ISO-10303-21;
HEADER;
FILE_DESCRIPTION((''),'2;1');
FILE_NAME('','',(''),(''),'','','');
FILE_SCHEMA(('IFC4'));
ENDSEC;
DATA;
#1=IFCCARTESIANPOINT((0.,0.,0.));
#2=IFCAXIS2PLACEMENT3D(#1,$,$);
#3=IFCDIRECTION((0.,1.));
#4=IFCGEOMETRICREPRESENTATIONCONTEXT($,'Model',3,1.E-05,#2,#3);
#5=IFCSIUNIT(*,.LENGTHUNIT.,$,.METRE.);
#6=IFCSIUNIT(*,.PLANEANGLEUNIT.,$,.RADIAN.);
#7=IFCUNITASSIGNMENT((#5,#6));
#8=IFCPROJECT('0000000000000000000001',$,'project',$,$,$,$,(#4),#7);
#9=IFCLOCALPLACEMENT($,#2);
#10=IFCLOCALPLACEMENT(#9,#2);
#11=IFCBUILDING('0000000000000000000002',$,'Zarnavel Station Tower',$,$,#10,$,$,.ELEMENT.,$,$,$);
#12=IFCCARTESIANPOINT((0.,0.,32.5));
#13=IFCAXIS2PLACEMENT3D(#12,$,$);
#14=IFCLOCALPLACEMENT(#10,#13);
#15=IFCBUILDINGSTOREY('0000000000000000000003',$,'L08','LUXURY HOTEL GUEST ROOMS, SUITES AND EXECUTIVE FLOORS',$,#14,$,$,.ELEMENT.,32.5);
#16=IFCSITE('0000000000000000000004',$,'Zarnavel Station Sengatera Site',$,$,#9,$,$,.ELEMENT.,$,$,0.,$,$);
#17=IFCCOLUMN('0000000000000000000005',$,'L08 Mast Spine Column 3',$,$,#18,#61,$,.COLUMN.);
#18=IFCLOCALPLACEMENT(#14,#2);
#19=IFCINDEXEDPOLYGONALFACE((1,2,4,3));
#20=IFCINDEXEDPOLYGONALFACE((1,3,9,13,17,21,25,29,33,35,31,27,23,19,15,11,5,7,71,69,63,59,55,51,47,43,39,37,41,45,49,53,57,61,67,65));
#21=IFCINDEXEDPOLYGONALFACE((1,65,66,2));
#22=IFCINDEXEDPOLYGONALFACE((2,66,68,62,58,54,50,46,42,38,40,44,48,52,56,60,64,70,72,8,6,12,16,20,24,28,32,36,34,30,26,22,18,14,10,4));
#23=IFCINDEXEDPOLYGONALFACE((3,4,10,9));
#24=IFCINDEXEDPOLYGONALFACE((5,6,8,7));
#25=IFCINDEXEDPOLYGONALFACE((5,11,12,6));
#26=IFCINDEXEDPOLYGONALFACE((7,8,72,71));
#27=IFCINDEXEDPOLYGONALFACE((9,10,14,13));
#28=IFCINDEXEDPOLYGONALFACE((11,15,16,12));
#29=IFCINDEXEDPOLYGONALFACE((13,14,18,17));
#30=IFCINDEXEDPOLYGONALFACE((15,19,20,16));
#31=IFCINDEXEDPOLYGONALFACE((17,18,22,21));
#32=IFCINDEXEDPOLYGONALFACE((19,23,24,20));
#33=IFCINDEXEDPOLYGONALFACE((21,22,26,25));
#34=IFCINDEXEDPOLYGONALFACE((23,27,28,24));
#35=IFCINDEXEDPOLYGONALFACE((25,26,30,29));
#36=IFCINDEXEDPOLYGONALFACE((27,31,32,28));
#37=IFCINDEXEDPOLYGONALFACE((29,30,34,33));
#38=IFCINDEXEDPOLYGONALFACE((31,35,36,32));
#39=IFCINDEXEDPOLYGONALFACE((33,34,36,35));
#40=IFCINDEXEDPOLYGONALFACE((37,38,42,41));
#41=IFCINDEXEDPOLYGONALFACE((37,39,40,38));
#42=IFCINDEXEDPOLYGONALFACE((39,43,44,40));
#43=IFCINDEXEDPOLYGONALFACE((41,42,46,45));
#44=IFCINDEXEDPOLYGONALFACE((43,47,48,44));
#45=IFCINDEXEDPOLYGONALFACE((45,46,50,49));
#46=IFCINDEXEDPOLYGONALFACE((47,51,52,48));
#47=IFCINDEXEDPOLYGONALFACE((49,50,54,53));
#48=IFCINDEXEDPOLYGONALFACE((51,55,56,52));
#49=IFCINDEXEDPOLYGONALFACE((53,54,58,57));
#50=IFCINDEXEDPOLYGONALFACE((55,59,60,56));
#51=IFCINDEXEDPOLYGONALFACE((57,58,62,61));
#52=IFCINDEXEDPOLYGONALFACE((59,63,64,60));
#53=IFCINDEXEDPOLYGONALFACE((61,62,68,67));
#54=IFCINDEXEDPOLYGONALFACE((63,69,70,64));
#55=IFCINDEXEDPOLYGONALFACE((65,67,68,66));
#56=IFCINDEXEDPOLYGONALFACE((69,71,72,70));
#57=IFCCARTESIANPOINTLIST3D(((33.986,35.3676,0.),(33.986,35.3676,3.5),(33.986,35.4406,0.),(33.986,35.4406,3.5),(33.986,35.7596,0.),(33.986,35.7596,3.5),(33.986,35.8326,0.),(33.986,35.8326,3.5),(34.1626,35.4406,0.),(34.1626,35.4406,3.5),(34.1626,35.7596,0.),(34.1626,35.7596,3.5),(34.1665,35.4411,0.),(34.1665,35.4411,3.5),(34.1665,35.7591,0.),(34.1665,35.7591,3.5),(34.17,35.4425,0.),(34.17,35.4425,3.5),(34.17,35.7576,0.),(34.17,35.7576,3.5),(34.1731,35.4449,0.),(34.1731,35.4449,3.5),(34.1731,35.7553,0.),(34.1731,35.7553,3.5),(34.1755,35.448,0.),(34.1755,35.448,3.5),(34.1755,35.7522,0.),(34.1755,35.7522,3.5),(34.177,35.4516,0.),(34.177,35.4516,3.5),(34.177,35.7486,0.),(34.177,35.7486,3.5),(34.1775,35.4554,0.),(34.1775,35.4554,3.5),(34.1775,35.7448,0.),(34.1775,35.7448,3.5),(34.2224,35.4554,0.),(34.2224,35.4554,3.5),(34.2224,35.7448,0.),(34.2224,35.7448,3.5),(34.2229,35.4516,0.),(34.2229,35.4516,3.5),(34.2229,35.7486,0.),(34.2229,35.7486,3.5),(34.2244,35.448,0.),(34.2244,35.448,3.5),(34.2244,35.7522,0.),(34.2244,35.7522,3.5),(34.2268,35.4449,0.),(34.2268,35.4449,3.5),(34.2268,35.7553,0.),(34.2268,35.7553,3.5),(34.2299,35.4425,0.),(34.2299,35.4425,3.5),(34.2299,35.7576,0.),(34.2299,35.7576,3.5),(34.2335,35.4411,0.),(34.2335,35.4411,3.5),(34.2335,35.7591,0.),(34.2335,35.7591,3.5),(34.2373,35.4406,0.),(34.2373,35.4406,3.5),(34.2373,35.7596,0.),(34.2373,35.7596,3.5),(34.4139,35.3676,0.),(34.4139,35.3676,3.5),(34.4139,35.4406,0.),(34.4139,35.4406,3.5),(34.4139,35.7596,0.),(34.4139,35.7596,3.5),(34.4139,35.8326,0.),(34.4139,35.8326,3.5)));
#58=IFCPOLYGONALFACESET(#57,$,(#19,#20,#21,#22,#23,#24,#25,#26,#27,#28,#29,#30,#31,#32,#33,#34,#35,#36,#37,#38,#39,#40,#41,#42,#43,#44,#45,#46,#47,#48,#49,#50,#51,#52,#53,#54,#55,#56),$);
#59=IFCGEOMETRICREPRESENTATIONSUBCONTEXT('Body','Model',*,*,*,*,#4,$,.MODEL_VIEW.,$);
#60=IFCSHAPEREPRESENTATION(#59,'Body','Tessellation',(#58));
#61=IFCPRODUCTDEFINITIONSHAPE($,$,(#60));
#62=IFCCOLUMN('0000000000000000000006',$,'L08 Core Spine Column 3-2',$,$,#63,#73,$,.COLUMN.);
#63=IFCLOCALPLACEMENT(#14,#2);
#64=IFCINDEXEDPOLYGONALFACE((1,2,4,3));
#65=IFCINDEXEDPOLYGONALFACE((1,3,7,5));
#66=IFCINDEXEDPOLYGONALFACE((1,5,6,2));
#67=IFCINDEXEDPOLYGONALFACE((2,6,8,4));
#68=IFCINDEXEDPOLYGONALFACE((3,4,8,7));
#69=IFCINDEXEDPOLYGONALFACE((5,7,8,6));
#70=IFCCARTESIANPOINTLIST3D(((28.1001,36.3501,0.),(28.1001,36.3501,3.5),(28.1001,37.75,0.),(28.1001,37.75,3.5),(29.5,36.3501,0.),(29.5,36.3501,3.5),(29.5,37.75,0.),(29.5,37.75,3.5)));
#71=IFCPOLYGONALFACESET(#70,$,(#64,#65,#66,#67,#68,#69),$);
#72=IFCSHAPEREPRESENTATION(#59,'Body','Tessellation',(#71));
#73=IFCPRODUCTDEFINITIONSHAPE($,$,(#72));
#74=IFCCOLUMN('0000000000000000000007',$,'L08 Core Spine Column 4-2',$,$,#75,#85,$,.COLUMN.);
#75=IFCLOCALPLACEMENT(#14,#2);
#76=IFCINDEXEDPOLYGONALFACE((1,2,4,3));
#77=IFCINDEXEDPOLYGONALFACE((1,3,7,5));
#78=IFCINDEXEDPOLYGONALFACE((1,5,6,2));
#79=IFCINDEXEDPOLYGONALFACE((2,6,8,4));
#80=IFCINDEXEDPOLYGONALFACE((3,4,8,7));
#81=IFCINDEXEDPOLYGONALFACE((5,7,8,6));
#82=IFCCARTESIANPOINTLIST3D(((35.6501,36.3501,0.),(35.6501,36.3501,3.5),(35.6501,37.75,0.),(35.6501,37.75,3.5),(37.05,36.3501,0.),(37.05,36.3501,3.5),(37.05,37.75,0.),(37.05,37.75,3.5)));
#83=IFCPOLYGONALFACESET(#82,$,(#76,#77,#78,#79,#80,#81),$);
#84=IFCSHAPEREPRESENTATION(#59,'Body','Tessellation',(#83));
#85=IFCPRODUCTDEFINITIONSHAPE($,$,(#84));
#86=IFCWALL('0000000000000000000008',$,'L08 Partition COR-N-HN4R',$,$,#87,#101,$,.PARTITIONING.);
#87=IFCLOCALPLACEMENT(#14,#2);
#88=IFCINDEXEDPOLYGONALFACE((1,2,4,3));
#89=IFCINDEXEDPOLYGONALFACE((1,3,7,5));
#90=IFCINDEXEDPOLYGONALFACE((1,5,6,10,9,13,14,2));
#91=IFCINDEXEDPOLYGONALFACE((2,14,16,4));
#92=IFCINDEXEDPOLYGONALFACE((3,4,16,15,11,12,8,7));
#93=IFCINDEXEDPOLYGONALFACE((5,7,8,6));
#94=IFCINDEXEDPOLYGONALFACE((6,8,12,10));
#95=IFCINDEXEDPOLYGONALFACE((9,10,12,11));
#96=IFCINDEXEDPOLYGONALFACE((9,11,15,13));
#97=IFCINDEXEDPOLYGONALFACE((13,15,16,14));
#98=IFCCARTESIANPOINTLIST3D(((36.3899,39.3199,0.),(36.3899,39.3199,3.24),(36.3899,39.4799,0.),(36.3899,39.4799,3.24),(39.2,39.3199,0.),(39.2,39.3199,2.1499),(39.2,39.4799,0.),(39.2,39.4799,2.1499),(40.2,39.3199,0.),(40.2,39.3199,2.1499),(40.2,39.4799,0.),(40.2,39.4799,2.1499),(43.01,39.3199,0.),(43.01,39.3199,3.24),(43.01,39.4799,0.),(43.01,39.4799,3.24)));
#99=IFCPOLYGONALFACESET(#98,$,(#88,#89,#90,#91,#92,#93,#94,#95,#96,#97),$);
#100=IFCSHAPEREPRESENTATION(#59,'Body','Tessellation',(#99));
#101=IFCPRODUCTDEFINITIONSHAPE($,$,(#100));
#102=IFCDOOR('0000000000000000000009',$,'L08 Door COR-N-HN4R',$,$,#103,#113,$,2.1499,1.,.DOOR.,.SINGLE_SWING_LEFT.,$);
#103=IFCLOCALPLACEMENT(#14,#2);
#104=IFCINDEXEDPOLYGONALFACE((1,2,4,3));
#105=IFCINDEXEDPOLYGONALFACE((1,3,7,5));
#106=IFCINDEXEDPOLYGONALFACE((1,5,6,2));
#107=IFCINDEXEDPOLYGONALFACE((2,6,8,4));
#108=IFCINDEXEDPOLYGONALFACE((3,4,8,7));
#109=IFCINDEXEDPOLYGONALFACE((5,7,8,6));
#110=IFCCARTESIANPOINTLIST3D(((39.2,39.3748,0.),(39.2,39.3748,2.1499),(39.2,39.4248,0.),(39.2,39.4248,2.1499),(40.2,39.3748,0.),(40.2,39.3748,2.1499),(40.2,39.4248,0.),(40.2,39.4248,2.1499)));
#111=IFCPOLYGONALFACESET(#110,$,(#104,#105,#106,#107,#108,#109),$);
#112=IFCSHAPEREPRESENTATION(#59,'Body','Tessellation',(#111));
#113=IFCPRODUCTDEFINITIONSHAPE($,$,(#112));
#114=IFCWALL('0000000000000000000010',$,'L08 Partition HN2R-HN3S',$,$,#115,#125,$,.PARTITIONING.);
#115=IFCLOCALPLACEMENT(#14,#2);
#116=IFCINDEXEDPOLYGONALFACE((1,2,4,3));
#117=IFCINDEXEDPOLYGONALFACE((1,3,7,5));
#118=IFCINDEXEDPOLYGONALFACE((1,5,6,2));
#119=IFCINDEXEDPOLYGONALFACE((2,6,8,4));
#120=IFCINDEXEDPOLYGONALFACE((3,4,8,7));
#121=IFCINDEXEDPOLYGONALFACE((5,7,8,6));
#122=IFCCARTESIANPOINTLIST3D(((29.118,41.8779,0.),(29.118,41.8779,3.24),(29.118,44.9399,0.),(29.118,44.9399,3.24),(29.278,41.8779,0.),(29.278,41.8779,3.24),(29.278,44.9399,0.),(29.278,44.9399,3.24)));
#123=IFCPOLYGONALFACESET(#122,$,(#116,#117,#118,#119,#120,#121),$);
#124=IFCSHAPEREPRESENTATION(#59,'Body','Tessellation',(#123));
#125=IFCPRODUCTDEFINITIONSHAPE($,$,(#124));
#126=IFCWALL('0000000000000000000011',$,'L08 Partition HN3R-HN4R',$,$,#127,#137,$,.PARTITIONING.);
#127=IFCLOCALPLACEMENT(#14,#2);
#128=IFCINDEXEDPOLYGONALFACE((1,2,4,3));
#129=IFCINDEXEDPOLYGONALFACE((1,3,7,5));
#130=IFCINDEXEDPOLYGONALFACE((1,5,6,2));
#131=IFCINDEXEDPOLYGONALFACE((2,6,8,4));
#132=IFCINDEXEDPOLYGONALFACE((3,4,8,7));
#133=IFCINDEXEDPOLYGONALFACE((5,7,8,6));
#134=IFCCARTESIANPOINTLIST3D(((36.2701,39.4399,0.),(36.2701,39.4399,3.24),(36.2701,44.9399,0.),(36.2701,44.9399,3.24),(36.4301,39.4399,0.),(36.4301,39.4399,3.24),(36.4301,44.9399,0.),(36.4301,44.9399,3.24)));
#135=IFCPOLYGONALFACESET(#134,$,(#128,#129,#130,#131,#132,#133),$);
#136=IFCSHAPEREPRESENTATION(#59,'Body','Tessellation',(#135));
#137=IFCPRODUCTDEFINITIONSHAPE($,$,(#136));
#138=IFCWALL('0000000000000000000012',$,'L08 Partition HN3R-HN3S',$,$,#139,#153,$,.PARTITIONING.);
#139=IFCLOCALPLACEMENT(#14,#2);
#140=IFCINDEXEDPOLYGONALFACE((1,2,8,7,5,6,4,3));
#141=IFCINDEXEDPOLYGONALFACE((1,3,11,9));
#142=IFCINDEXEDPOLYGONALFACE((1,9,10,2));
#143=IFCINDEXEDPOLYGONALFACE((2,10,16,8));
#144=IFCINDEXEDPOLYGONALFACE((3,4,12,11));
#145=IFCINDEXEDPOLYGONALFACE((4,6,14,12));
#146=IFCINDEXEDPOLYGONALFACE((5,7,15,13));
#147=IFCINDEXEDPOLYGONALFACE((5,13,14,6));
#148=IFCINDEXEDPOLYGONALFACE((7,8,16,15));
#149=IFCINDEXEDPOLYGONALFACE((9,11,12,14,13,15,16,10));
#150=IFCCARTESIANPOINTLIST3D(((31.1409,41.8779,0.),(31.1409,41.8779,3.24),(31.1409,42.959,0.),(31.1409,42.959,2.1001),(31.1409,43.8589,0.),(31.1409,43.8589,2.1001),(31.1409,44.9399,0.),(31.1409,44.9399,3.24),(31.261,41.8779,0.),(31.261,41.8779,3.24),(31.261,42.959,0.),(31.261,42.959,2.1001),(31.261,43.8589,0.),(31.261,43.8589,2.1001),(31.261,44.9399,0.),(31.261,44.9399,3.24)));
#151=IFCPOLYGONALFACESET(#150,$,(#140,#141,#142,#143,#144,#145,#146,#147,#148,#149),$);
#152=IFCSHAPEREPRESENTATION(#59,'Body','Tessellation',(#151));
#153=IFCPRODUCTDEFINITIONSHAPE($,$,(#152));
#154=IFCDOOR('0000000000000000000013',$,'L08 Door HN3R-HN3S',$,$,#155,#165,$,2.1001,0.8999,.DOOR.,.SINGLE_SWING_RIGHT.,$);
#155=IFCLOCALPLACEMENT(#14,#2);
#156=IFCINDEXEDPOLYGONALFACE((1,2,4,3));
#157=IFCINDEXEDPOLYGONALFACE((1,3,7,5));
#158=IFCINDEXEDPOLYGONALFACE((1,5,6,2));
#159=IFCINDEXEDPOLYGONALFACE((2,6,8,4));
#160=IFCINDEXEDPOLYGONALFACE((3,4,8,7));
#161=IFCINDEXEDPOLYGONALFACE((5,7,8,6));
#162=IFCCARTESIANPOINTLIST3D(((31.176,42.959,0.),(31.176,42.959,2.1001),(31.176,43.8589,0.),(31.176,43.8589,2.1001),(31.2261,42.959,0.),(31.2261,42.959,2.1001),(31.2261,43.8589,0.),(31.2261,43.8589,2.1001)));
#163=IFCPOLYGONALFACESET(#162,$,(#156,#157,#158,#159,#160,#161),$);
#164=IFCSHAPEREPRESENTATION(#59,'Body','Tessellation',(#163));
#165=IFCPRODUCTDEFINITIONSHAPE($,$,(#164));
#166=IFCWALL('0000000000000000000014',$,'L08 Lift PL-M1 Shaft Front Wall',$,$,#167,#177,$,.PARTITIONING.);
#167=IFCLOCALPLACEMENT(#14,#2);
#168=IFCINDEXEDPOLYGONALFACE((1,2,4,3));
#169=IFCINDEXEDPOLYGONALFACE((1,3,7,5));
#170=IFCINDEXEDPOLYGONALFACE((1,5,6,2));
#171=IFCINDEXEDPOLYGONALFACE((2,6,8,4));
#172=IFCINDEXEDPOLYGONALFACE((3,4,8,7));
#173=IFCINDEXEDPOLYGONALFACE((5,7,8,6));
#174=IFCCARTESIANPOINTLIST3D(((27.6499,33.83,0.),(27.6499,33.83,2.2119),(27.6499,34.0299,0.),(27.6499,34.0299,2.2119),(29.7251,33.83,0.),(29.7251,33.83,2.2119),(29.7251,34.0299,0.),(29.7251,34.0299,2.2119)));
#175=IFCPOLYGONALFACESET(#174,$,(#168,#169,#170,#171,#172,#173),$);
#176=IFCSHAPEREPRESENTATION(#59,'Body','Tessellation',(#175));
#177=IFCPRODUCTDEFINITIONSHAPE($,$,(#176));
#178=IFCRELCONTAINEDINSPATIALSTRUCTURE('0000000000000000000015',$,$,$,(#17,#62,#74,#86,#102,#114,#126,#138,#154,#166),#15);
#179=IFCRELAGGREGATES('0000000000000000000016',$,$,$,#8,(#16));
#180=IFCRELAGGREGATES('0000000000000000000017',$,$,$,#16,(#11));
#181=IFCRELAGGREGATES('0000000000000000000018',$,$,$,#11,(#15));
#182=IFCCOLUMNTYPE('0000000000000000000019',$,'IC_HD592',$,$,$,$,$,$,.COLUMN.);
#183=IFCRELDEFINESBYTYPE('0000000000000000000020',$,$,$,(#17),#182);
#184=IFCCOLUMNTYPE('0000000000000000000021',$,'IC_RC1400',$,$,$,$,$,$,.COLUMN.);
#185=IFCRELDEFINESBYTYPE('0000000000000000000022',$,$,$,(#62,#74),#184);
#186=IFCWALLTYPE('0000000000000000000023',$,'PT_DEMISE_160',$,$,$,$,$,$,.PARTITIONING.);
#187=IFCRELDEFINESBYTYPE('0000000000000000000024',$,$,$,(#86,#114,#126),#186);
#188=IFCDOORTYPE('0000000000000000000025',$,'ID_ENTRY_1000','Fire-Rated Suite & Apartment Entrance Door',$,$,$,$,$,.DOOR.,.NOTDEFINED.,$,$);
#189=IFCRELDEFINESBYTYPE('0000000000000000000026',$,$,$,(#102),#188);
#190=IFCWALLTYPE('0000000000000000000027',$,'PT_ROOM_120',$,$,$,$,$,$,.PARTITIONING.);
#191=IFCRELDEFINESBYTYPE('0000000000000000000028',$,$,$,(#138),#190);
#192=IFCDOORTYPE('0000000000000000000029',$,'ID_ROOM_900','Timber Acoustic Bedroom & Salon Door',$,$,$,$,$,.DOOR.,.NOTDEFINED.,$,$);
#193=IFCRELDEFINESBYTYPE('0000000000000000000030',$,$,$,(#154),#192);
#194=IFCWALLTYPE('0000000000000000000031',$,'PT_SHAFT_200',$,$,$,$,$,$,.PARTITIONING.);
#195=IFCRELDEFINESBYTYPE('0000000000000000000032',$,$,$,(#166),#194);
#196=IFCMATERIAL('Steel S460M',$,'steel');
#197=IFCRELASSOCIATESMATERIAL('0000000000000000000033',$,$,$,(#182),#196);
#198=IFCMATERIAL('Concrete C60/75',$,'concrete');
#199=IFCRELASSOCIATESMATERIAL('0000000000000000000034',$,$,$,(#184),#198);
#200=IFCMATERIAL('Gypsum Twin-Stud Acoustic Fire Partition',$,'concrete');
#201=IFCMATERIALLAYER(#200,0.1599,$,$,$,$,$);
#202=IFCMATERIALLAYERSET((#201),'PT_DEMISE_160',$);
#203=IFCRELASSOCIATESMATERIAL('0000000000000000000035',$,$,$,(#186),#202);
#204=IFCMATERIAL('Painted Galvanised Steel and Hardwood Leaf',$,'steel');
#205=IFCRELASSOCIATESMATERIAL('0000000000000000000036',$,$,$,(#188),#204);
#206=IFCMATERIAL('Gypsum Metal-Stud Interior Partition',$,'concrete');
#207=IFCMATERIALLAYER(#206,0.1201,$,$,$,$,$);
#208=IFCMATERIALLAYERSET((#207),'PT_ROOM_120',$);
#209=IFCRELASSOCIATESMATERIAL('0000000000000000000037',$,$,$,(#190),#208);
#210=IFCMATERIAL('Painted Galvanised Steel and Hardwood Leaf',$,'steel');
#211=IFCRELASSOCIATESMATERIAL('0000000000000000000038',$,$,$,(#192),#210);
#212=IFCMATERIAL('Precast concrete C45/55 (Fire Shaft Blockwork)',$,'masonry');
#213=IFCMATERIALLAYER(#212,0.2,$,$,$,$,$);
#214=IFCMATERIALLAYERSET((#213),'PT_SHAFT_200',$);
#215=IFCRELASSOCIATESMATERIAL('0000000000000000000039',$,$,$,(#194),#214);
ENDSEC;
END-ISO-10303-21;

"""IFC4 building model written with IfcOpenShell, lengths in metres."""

from ifc_helpers import new_model, si_unit, direction, frame, frame_2d, origin, origin_2d, place, context, subcontext, project, spatial, rectangle, i_section, extrude, material, layer, layer_set, material_profile, profile_set, type_object, element, fill, save


model = new_model("IFC4")

# Units and contexts
model_context = context("Model", 3, precision=1e-05, world=origin(), true_north=direction((0.0, 1.0)))
body_context = subcontext(model_context, "Body", "Model", "MODEL_VIEW")
ifc_project = project(units=[si_unit("LENGTHUNIT", "METRE"), si_unit("PLANEANGLEUNIT", "RADIAN")], contexts=[model_context])

# Site, building, storey
site_placement = place(None, origin())
site = spatial("IfcSite", under=ifc_project, at=site_placement, Name="Zarnavel Station Sengatera Site", CompositionType="ELEMENT", RefElevation=0.0)
building_placement = place(site_placement, origin())
building = spatial("IfcBuilding", under=site, at=building_placement, Name="Zarnavel Station Tower", CompositionType="ELEMENT")
storey_placement = place(building_placement, frame((0.0, 0.0, 32.5)))
storey = spatial("IfcBuildingStorey", under=building, at=storey_placement, Name="L08", Description="LUXURY HOTEL GUEST ROOMS, SUITES AND EXECUTIVE FLOORS", CompositionType="ELEMENT", Elevation=32.5)

# Columns
ifc_material_1 = material(Name="Steel S460M", Category="steel")
ifc_material_profile_1 = material_profile(ifc_material_1, i_section(OverallWidth=0.428, OverallDepth=0.4651, WebThickness=0.0449, FlangeThickness=0.073, FilletRadius=0.0149, at=origin_2d()), Name="HD400x592")
ifc_profile_set_1 = profile_set([ifc_material_profile_1], Name="Steel S460M")
column_type_1 = type_object("IfcColumnType", Name="IC_HD592", PredefinedType="COLUMN", material=ifc_profile_set_1)
column_placement = place(storey_placement, frame((34.2, 35.6001, 0.0), z_axis=(0.0, 0.0, 1.0), x_axis=(1.0, 0.0, 0.0)))
element("IfcColumn", 1, at=column_placement, inside=storey, type_object=column_type_1, Name="L08 Mast Spine Column 3", PredefinedType="COLUMN", context=body_context, shape_type="SweptSolid", body=[
    extrude(i_section(OverallWidth=0.428, OverallDepth=0.4651, WebThickness=0.0449, FlangeThickness=0.073, FilletRadius=0.0149, at=origin_2d()), origin(), (0.0, 0.0, 1.0), 3.5),
])
ifc_material_2 = material(Name="Concrete C60/75", Category="concrete")
ifc_material_profile_2 = material_profile(ifc_material_2, rectangle(XDim=1.3999, YDim=1.3999, at=origin_2d()), Name="RC1400x1400")
ifc_profile_set_2 = profile_set([ifc_material_profile_2], Name="Concrete C60/75")
column_type_2 = type_object("IfcColumnType", Name="IC_RC1400", PredefinedType="COLUMN", material=ifc_profile_set_2)
for number, where, z_axis, x_axis, name in (
    (2, (28.8, 37.05, 0.0), (0.0, 0.0, 1.0), (1.0, 0.0, 0.0), "L08 Core Spine Column 3-2"),
    (3, (36.3501, 37.05, 0.0), (0.0, 0.0, 1.0), (1.0, 0.0, 0.0), "L08 Core Spine Column 4-2"),
):
    element("IfcColumn", number, at=place(storey_placement, frame(where, z_axis=z_axis, x_axis=x_axis)), inside=storey, type_object=column_type_2, Name=name, PredefinedType="COLUMN", context=body_context, shape_type="SweptSolid", body=[
        extrude(rectangle(XDim=1.3999, YDim=1.3999, at=origin_2d()), origin(), (0.0, 0.0, 1.0), 3.5),
    ])

# Wall, opening, door
ifc_material_3 = material(Name="Gypsum Twin-Stud Acoustic Fire Partition", Category="concrete")
ifc_layer_1 = layer(ifc_material_3, 0.1599)
ifc_layer_set_1 = layer_set([ifc_layer_1], Name="PT_DEMISE_160")
wall_type_1 = type_object("IfcWallType", Name="PT_DEMISE_160", PredefinedType="PARTITIONING", material=ifc_layer_set_1)
ifc_material_4 = material(Name="Painted Galvanised Steel and Hardwood Leaf", Category="steel")
door_type_1 = type_object("IfcDoorType", Name="ID_ENTRY_1000", Description="Fire-Rated Suite & Apartment Entrance Door", OperationType="NOTDEFINED", PredefinedType="DOOR", material=ifc_material_4)
wall_1_placement = place(storey_placement, frame((36.3899, 39.3999, 0.0), z_axis=(0.0, 0.0, 1.0), x_axis=(1.0, 0.0, 0.0)))
wall_1 = element("IfcWall", 4, at=wall_1_placement, inside=storey, type_object=wall_type_1, Name="L08 Partition COR-N-HN4R", PredefinedType="PARTITIONING", context=body_context, shape_type="SweptSolid", body=[
    extrude(rectangle(XDim=6.6201, YDim=0.1599, at=frame_2d((3.3101, 0.0))), origin(), (0.0, 0.0, 1.0), 3.24),
])
opening_1_placement = place(wall_1_placement, frame((2.8101, 0.0, 0.0)))
opening_1 = element("IfcOpeningElement", 5, at=opening_1_placement, cuts=wall_1, PredefinedType="OPENING", context=body_context, shape_type="SweptSolid", body=[
    extrude(rectangle(XDim=1.0, YDim=2.1499, at=frame_2d((0.5, 1.075))), frame((0.0, 0.0898, 0.0), z_axis=(0.0, -1.0, 0.0), x_axis=(1.0, 0.0, 0.0)), (0.0, 0.0, 1.0), 0.1799),
])
door_1_placement = place(opening_1_placement, origin())
door_1 = element("IfcDoor", 6, at=door_1_placement, inside=storey, type_object=door_type_1, Name="L08 Door COR-N-HN4R", OperationType="SINGLE_SWING_LEFT", OverallHeight=2.1499, OverallWidth=1.0, PredefinedType="DOOR", context=body_context, shape_type="SweptSolid", body=[
    extrude(rectangle(XDim=1.0, YDim=2.1499, at=frame_2d((0.5, 1.075))), frame((0.0, 0.0249, 0.0), z_axis=(0.0, -1.0, 0.0), x_axis=(1.0, 0.0, 0.0)), (0.0, 0.0, 1.0), 0.05),
])
fill(opening_1, door_1)

# Walls
wall_2_placement = place(storey_placement, frame((29.198, 41.8779, 0.0), z_axis=(0.0, 0.0, 1.0), x_axis=(0.0, 1.0, 0.0)))
element("IfcWall", 7, at=wall_2_placement, inside=storey, type_object=wall_type_1, Name="L08 Partition HN2R-HN3S", PredefinedType="PARTITIONING", context=body_context, shape_type="SweptSolid", body=[
    extrude(rectangle(XDim=3.062, YDim=0.1599, at=frame_2d((1.531, 0.0))), origin(), (0.0, 0.0, 1.0), 3.24),
])
wall_3_placement = place(storey_placement, frame((36.3501, 39.4399, 0.0), z_axis=(0.0, 0.0, 1.0), x_axis=(0.0, 1.0, 0.0)))
element("IfcWall", 8, at=wall_3_placement, inside=storey, type_object=wall_type_1, Name="L08 Partition HN3R-HN4R", PredefinedType="PARTITIONING", context=body_context, shape_type="SweptSolid", body=[
    extrude(rectangle(XDim=5.5, YDim=0.1599, at=frame_2d((2.75, 0.0))), origin(), (0.0, 0.0, 1.0), 3.24),
])

# Wall, opening, door
ifc_material_5 = material(Name="Gypsum Metal-Stud Interior Partition", Category="concrete")
ifc_layer_2 = layer(ifc_material_5, 0.1201)
ifc_layer_set_2 = layer_set([ifc_layer_2], Name="PT_ROOM_120")
wall_type_2 = type_object("IfcWallType", Name="PT_ROOM_120", PredefinedType="PARTITIONING", material=ifc_layer_set_2)
wall_4_placement = place(storey_placement, frame((31.2009, 41.8779, 0.0), z_axis=(0.0, 0.0, 1.0), x_axis=(0.0, 1.0, 0.0)))
wall_4 = element("IfcWall", 9, at=wall_4_placement, inside=storey, type_object=wall_type_2, Name="L08 Partition HN3R-HN3S", PredefinedType="PARTITIONING", context=body_context, shape_type="SweptSolid", body=[
    extrude(rectangle(XDim=3.062, YDim=0.1201, at=frame_2d((1.531, 0.0))), origin(), (0.0, 0.0, 1.0), 3.24),
])
opening_2_placement = place(wall_4_placement, frame((1.0811, 0.0, 0.0)))
opening_2 = element("IfcOpeningElement", 10, at=opening_2_placement, cuts=wall_4, PredefinedType="OPENING", context=body_context, shape_type="SweptSolid", body=[
    extrude(rectangle(XDim=0.8999, YDim=2.1001, at=frame_2d((0.45, 1.05))), frame((0.0, 0.0701, 0.0), z_axis=(0.0, -1.0, 0.0), x_axis=(1.0, 0.0, 0.0)), (0.0, 0.0, 1.0), 0.1401),
])
ifc_material_6 = material(Name="Painted Galvanised Steel and Hardwood Leaf", Category="steel")
door_type_2 = type_object("IfcDoorType", Name="ID_ROOM_900", Description="Timber Acoustic Bedroom & Salon Door", OperationType="NOTDEFINED", PredefinedType="DOOR", material=ifc_material_6)
door_2_placement = place(opening_2_placement, origin())
door_2 = element("IfcDoor", 11, at=door_2_placement, inside=storey, type_object=door_type_2, Name="L08 Door HN3R-HN3S", OperationType="SINGLE_SWING_RIGHT", OverallHeight=2.1001, OverallWidth=0.8999, PredefinedType="DOOR", context=body_context, shape_type="SweptSolid", body=[
    extrude(rectangle(XDim=0.8999, YDim=2.1001, at=frame_2d((0.45, 1.05))), frame((0.0, 0.0249, 0.0), z_axis=(0.0, -1.0, 0.0), x_axis=(1.0, 0.0, 0.0)), (0.0, 0.0, 1.0), 0.05),
])
fill(opening_2, door_2)
ifc_material_7 = material(Name="Precast concrete C45/55 (Fire Shaft Blockwork)", Category="masonry")
ifc_layer_3 = layer(ifc_material_7, 0.2)
ifc_layer_set_3 = layer_set([ifc_layer_3], Name="PT_SHAFT_200")
wall_type_3 = type_object("IfcWallType", Name="PT_SHAFT_200", PredefinedType="PARTITIONING", material=ifc_layer_set_3)

# Wall
wall_5_placement = place(storey_placement, frame((27.6499, 33.9299, 0.0), z_axis=(0.0, 0.0, 1.0), x_axis=(1.0, 0.0, 0.0)))
element("IfcWall", 12, at=wall_5_placement, inside=storey, type_object=wall_type_3, Name="L08 Lift PL-M1 Shaft Front Wall", PredefinedType="PARTITIONING", context=body_context, shape_type="SweptSolid", body=[
    extrude(rectangle(XDim=2.0752, YDim=0.2, at=frame_2d((1.0376, 0.0))), origin(), (0.0, 0.0, 1.0), 2.2119),
])

save(model, "model.ifc")
